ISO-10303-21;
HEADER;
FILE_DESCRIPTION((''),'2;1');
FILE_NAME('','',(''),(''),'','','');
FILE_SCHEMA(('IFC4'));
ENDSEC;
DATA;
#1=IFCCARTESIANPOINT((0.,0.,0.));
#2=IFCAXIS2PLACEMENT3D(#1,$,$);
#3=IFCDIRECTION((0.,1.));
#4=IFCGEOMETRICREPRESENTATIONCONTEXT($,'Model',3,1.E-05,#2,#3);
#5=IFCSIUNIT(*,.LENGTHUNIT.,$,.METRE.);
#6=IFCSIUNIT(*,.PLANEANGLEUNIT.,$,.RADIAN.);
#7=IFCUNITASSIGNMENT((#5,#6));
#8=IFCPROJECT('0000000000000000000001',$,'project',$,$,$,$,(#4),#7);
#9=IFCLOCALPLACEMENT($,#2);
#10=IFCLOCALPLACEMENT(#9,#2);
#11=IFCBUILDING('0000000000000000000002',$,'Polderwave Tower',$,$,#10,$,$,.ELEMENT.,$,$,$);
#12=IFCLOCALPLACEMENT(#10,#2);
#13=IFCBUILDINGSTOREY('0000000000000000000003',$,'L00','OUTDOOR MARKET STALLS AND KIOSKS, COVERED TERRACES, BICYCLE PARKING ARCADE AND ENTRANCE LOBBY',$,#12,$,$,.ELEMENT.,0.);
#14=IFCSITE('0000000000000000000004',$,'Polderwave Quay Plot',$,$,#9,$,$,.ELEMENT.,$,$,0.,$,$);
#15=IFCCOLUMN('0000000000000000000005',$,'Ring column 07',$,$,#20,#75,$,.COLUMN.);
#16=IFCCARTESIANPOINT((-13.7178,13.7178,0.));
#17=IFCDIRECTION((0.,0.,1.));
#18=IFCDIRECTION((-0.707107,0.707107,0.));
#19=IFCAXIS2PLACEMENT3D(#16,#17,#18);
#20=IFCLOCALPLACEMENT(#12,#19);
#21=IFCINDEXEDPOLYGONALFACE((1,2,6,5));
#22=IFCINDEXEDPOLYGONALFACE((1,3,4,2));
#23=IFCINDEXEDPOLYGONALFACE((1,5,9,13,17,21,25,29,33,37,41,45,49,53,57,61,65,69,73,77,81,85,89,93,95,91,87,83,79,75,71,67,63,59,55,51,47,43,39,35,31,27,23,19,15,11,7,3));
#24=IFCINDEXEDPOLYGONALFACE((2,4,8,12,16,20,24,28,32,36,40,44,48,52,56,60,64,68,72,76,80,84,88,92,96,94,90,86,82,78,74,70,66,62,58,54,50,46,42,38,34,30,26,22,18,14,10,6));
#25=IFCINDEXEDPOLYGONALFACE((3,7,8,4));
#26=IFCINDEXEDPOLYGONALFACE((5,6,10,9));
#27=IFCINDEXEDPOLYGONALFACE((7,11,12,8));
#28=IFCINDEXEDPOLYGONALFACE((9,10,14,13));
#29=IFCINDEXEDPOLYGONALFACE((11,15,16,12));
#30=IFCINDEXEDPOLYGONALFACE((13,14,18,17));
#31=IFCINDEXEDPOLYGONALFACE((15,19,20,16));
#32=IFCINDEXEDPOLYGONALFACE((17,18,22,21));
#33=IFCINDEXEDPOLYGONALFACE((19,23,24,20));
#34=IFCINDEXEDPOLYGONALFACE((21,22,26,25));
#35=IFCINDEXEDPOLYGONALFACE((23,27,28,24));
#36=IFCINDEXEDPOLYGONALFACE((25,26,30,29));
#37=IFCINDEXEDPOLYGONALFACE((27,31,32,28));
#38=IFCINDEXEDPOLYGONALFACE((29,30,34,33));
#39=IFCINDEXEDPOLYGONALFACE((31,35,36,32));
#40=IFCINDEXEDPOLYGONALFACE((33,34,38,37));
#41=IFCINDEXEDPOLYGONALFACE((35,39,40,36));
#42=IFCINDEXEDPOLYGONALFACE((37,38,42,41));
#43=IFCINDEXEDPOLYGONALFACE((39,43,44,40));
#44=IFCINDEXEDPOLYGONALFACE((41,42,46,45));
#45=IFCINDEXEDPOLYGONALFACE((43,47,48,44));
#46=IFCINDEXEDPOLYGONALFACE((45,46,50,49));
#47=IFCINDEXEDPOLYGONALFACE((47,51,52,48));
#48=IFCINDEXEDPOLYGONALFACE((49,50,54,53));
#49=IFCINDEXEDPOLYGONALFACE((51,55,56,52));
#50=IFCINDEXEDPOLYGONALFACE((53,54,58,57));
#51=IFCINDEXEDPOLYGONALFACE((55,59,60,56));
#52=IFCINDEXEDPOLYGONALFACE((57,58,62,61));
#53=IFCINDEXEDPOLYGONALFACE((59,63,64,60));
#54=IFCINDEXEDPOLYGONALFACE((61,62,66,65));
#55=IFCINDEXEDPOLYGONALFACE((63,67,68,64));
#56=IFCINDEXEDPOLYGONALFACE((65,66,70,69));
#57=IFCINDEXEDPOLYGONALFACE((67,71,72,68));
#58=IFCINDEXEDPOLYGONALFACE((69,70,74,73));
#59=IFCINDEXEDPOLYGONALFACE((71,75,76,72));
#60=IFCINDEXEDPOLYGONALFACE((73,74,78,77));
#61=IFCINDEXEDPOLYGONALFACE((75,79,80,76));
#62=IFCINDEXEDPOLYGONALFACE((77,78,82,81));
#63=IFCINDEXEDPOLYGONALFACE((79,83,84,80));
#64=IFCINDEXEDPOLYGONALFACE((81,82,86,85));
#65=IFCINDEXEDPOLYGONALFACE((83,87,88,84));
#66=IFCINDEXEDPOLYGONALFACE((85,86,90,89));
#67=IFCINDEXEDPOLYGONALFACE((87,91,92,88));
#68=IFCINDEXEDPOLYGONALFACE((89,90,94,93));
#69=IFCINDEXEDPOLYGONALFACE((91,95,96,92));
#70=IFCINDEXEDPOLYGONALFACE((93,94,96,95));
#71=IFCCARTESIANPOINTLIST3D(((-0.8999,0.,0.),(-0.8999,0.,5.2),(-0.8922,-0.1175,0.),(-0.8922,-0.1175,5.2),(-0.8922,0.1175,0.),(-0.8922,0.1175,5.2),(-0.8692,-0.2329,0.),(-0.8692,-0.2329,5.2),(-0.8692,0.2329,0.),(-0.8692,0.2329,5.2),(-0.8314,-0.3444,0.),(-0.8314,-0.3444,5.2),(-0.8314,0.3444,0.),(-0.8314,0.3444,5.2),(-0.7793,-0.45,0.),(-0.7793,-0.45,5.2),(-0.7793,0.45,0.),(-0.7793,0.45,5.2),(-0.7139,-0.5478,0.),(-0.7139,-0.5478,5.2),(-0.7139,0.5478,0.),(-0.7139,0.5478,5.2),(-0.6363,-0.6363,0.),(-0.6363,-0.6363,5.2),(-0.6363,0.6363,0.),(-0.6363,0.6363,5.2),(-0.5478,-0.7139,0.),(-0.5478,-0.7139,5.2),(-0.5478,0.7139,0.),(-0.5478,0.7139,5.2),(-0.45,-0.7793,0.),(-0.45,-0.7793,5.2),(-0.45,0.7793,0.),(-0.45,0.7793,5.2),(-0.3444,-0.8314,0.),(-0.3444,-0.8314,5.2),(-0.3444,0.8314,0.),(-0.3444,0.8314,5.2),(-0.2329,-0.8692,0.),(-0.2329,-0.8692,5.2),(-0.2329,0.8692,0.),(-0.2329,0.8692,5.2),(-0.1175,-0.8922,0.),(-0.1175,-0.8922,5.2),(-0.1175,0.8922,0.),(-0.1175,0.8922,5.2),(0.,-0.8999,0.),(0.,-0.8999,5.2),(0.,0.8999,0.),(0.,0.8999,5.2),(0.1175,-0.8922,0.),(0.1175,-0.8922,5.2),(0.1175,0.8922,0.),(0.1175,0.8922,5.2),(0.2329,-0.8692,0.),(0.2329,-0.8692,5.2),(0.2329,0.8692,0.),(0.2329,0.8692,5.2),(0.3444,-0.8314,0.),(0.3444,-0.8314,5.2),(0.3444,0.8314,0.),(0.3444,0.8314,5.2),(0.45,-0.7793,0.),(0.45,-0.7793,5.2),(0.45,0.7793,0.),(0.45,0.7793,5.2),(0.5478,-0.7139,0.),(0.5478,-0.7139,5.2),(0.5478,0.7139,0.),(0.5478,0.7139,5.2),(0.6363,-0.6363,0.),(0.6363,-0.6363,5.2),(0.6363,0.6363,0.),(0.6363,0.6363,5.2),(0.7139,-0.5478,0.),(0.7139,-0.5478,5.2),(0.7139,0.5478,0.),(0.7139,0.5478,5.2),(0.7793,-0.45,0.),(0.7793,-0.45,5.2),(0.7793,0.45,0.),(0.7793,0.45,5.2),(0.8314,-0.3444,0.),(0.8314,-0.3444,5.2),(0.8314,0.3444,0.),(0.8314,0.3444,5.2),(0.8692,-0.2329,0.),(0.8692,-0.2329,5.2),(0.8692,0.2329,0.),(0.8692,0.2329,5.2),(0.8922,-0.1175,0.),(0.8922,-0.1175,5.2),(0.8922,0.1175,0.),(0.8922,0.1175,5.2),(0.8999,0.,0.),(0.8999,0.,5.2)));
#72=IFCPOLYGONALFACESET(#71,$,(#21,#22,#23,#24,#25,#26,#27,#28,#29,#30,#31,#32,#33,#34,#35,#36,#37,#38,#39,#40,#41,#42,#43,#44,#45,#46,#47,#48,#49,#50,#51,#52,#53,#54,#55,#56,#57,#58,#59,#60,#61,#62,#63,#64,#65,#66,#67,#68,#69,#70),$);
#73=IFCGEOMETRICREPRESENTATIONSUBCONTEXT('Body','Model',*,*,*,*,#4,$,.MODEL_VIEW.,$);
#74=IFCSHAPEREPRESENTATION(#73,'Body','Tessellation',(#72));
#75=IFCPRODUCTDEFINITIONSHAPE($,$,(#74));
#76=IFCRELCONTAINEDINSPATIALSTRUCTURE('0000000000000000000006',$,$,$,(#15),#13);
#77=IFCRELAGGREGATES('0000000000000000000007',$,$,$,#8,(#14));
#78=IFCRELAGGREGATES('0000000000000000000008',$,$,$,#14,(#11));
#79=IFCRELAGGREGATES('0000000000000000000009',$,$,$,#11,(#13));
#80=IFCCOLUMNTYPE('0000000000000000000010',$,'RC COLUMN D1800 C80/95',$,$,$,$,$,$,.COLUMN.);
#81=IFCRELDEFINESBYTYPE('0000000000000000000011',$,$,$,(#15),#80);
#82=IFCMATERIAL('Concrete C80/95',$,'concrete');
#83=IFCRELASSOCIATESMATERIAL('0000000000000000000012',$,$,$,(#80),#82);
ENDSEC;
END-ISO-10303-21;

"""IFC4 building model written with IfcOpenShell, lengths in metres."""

from ifc_helpers import new_model, si_unit, direction, frame, origin, origin_2d, place, context, subcontext, project, spatial, circle, extrude, material, material_profile, profile_set, type_object, element, save


model = new_model("IFC4")

# Units and contexts
model_context = context("Model", 3, precision=1e-05, world=origin(), true_north=direction((0.0, 1.0)))
body_context = subcontext(model_context, "Body", "Model", "MODEL_VIEW")
ifc_project = project(units=[si_unit("LENGTHUNIT", "METRE"), si_unit("PLANEANGLEUNIT", "RADIAN")], contexts=[model_context])

# Site, building, storey
site_placement = place(None, origin())
site = spatial("IfcSite", under=ifc_project, at=site_placement, Name="Polderwave Quay Plot", CompositionType="ELEMENT", RefElevation=0.0)
building_placement = place(site_placement, origin())
building = spatial("IfcBuilding", under=site, at=building_placement, Name="Polderwave Tower", CompositionType="ELEMENT")
storey_placement = place(building_placement, origin())
storey = spatial("IfcBuildingStorey", under=building, at=storey_placement, Name="L00", Description="OUTDOOR MARKET STALLS AND KIOSKS, COVERED TERRACES, BICYCLE PARKING ARCADE AND ENTRANCE LOBBY", CompositionType="ELEMENT", Elevation=0.0)

# Column
ifc_material_1 = material(Name="Concrete C80/95", Category="concrete")
ifc_material_profile_1 = material_profile(ifc_material_1, circle(Radius=0.8999, at=origin_2d()), Name="RC D1800")
ifc_profile_set_1 = profile_set([ifc_material_profile_1], Name="Concrete C80/95")
column_type = type_object("IfcColumnType", Name="RC COLUMN D1800 C80/95", PredefinedType="COLUMN", material=ifc_profile_set_1)
column_placement = place(storey_placement, frame((-13.7178, 13.7178, 0.0), z_axis=(0.0, 0.0, 1.0), x_axis=(-0.707107, 0.707107, 0.0)))
element("IfcColumn", 1, at=column_placement, inside=storey, type_object=column_type, Name="Ring column 07", PredefinedType="COLUMN", context=body_context, shape_type="SweptSolid", body=[
    extrude(circle(Radius=0.8999, at=origin_2d()), origin(), (0.0, 0.0, 1.0), 5.2),
])

save(model, "model.ifc")
